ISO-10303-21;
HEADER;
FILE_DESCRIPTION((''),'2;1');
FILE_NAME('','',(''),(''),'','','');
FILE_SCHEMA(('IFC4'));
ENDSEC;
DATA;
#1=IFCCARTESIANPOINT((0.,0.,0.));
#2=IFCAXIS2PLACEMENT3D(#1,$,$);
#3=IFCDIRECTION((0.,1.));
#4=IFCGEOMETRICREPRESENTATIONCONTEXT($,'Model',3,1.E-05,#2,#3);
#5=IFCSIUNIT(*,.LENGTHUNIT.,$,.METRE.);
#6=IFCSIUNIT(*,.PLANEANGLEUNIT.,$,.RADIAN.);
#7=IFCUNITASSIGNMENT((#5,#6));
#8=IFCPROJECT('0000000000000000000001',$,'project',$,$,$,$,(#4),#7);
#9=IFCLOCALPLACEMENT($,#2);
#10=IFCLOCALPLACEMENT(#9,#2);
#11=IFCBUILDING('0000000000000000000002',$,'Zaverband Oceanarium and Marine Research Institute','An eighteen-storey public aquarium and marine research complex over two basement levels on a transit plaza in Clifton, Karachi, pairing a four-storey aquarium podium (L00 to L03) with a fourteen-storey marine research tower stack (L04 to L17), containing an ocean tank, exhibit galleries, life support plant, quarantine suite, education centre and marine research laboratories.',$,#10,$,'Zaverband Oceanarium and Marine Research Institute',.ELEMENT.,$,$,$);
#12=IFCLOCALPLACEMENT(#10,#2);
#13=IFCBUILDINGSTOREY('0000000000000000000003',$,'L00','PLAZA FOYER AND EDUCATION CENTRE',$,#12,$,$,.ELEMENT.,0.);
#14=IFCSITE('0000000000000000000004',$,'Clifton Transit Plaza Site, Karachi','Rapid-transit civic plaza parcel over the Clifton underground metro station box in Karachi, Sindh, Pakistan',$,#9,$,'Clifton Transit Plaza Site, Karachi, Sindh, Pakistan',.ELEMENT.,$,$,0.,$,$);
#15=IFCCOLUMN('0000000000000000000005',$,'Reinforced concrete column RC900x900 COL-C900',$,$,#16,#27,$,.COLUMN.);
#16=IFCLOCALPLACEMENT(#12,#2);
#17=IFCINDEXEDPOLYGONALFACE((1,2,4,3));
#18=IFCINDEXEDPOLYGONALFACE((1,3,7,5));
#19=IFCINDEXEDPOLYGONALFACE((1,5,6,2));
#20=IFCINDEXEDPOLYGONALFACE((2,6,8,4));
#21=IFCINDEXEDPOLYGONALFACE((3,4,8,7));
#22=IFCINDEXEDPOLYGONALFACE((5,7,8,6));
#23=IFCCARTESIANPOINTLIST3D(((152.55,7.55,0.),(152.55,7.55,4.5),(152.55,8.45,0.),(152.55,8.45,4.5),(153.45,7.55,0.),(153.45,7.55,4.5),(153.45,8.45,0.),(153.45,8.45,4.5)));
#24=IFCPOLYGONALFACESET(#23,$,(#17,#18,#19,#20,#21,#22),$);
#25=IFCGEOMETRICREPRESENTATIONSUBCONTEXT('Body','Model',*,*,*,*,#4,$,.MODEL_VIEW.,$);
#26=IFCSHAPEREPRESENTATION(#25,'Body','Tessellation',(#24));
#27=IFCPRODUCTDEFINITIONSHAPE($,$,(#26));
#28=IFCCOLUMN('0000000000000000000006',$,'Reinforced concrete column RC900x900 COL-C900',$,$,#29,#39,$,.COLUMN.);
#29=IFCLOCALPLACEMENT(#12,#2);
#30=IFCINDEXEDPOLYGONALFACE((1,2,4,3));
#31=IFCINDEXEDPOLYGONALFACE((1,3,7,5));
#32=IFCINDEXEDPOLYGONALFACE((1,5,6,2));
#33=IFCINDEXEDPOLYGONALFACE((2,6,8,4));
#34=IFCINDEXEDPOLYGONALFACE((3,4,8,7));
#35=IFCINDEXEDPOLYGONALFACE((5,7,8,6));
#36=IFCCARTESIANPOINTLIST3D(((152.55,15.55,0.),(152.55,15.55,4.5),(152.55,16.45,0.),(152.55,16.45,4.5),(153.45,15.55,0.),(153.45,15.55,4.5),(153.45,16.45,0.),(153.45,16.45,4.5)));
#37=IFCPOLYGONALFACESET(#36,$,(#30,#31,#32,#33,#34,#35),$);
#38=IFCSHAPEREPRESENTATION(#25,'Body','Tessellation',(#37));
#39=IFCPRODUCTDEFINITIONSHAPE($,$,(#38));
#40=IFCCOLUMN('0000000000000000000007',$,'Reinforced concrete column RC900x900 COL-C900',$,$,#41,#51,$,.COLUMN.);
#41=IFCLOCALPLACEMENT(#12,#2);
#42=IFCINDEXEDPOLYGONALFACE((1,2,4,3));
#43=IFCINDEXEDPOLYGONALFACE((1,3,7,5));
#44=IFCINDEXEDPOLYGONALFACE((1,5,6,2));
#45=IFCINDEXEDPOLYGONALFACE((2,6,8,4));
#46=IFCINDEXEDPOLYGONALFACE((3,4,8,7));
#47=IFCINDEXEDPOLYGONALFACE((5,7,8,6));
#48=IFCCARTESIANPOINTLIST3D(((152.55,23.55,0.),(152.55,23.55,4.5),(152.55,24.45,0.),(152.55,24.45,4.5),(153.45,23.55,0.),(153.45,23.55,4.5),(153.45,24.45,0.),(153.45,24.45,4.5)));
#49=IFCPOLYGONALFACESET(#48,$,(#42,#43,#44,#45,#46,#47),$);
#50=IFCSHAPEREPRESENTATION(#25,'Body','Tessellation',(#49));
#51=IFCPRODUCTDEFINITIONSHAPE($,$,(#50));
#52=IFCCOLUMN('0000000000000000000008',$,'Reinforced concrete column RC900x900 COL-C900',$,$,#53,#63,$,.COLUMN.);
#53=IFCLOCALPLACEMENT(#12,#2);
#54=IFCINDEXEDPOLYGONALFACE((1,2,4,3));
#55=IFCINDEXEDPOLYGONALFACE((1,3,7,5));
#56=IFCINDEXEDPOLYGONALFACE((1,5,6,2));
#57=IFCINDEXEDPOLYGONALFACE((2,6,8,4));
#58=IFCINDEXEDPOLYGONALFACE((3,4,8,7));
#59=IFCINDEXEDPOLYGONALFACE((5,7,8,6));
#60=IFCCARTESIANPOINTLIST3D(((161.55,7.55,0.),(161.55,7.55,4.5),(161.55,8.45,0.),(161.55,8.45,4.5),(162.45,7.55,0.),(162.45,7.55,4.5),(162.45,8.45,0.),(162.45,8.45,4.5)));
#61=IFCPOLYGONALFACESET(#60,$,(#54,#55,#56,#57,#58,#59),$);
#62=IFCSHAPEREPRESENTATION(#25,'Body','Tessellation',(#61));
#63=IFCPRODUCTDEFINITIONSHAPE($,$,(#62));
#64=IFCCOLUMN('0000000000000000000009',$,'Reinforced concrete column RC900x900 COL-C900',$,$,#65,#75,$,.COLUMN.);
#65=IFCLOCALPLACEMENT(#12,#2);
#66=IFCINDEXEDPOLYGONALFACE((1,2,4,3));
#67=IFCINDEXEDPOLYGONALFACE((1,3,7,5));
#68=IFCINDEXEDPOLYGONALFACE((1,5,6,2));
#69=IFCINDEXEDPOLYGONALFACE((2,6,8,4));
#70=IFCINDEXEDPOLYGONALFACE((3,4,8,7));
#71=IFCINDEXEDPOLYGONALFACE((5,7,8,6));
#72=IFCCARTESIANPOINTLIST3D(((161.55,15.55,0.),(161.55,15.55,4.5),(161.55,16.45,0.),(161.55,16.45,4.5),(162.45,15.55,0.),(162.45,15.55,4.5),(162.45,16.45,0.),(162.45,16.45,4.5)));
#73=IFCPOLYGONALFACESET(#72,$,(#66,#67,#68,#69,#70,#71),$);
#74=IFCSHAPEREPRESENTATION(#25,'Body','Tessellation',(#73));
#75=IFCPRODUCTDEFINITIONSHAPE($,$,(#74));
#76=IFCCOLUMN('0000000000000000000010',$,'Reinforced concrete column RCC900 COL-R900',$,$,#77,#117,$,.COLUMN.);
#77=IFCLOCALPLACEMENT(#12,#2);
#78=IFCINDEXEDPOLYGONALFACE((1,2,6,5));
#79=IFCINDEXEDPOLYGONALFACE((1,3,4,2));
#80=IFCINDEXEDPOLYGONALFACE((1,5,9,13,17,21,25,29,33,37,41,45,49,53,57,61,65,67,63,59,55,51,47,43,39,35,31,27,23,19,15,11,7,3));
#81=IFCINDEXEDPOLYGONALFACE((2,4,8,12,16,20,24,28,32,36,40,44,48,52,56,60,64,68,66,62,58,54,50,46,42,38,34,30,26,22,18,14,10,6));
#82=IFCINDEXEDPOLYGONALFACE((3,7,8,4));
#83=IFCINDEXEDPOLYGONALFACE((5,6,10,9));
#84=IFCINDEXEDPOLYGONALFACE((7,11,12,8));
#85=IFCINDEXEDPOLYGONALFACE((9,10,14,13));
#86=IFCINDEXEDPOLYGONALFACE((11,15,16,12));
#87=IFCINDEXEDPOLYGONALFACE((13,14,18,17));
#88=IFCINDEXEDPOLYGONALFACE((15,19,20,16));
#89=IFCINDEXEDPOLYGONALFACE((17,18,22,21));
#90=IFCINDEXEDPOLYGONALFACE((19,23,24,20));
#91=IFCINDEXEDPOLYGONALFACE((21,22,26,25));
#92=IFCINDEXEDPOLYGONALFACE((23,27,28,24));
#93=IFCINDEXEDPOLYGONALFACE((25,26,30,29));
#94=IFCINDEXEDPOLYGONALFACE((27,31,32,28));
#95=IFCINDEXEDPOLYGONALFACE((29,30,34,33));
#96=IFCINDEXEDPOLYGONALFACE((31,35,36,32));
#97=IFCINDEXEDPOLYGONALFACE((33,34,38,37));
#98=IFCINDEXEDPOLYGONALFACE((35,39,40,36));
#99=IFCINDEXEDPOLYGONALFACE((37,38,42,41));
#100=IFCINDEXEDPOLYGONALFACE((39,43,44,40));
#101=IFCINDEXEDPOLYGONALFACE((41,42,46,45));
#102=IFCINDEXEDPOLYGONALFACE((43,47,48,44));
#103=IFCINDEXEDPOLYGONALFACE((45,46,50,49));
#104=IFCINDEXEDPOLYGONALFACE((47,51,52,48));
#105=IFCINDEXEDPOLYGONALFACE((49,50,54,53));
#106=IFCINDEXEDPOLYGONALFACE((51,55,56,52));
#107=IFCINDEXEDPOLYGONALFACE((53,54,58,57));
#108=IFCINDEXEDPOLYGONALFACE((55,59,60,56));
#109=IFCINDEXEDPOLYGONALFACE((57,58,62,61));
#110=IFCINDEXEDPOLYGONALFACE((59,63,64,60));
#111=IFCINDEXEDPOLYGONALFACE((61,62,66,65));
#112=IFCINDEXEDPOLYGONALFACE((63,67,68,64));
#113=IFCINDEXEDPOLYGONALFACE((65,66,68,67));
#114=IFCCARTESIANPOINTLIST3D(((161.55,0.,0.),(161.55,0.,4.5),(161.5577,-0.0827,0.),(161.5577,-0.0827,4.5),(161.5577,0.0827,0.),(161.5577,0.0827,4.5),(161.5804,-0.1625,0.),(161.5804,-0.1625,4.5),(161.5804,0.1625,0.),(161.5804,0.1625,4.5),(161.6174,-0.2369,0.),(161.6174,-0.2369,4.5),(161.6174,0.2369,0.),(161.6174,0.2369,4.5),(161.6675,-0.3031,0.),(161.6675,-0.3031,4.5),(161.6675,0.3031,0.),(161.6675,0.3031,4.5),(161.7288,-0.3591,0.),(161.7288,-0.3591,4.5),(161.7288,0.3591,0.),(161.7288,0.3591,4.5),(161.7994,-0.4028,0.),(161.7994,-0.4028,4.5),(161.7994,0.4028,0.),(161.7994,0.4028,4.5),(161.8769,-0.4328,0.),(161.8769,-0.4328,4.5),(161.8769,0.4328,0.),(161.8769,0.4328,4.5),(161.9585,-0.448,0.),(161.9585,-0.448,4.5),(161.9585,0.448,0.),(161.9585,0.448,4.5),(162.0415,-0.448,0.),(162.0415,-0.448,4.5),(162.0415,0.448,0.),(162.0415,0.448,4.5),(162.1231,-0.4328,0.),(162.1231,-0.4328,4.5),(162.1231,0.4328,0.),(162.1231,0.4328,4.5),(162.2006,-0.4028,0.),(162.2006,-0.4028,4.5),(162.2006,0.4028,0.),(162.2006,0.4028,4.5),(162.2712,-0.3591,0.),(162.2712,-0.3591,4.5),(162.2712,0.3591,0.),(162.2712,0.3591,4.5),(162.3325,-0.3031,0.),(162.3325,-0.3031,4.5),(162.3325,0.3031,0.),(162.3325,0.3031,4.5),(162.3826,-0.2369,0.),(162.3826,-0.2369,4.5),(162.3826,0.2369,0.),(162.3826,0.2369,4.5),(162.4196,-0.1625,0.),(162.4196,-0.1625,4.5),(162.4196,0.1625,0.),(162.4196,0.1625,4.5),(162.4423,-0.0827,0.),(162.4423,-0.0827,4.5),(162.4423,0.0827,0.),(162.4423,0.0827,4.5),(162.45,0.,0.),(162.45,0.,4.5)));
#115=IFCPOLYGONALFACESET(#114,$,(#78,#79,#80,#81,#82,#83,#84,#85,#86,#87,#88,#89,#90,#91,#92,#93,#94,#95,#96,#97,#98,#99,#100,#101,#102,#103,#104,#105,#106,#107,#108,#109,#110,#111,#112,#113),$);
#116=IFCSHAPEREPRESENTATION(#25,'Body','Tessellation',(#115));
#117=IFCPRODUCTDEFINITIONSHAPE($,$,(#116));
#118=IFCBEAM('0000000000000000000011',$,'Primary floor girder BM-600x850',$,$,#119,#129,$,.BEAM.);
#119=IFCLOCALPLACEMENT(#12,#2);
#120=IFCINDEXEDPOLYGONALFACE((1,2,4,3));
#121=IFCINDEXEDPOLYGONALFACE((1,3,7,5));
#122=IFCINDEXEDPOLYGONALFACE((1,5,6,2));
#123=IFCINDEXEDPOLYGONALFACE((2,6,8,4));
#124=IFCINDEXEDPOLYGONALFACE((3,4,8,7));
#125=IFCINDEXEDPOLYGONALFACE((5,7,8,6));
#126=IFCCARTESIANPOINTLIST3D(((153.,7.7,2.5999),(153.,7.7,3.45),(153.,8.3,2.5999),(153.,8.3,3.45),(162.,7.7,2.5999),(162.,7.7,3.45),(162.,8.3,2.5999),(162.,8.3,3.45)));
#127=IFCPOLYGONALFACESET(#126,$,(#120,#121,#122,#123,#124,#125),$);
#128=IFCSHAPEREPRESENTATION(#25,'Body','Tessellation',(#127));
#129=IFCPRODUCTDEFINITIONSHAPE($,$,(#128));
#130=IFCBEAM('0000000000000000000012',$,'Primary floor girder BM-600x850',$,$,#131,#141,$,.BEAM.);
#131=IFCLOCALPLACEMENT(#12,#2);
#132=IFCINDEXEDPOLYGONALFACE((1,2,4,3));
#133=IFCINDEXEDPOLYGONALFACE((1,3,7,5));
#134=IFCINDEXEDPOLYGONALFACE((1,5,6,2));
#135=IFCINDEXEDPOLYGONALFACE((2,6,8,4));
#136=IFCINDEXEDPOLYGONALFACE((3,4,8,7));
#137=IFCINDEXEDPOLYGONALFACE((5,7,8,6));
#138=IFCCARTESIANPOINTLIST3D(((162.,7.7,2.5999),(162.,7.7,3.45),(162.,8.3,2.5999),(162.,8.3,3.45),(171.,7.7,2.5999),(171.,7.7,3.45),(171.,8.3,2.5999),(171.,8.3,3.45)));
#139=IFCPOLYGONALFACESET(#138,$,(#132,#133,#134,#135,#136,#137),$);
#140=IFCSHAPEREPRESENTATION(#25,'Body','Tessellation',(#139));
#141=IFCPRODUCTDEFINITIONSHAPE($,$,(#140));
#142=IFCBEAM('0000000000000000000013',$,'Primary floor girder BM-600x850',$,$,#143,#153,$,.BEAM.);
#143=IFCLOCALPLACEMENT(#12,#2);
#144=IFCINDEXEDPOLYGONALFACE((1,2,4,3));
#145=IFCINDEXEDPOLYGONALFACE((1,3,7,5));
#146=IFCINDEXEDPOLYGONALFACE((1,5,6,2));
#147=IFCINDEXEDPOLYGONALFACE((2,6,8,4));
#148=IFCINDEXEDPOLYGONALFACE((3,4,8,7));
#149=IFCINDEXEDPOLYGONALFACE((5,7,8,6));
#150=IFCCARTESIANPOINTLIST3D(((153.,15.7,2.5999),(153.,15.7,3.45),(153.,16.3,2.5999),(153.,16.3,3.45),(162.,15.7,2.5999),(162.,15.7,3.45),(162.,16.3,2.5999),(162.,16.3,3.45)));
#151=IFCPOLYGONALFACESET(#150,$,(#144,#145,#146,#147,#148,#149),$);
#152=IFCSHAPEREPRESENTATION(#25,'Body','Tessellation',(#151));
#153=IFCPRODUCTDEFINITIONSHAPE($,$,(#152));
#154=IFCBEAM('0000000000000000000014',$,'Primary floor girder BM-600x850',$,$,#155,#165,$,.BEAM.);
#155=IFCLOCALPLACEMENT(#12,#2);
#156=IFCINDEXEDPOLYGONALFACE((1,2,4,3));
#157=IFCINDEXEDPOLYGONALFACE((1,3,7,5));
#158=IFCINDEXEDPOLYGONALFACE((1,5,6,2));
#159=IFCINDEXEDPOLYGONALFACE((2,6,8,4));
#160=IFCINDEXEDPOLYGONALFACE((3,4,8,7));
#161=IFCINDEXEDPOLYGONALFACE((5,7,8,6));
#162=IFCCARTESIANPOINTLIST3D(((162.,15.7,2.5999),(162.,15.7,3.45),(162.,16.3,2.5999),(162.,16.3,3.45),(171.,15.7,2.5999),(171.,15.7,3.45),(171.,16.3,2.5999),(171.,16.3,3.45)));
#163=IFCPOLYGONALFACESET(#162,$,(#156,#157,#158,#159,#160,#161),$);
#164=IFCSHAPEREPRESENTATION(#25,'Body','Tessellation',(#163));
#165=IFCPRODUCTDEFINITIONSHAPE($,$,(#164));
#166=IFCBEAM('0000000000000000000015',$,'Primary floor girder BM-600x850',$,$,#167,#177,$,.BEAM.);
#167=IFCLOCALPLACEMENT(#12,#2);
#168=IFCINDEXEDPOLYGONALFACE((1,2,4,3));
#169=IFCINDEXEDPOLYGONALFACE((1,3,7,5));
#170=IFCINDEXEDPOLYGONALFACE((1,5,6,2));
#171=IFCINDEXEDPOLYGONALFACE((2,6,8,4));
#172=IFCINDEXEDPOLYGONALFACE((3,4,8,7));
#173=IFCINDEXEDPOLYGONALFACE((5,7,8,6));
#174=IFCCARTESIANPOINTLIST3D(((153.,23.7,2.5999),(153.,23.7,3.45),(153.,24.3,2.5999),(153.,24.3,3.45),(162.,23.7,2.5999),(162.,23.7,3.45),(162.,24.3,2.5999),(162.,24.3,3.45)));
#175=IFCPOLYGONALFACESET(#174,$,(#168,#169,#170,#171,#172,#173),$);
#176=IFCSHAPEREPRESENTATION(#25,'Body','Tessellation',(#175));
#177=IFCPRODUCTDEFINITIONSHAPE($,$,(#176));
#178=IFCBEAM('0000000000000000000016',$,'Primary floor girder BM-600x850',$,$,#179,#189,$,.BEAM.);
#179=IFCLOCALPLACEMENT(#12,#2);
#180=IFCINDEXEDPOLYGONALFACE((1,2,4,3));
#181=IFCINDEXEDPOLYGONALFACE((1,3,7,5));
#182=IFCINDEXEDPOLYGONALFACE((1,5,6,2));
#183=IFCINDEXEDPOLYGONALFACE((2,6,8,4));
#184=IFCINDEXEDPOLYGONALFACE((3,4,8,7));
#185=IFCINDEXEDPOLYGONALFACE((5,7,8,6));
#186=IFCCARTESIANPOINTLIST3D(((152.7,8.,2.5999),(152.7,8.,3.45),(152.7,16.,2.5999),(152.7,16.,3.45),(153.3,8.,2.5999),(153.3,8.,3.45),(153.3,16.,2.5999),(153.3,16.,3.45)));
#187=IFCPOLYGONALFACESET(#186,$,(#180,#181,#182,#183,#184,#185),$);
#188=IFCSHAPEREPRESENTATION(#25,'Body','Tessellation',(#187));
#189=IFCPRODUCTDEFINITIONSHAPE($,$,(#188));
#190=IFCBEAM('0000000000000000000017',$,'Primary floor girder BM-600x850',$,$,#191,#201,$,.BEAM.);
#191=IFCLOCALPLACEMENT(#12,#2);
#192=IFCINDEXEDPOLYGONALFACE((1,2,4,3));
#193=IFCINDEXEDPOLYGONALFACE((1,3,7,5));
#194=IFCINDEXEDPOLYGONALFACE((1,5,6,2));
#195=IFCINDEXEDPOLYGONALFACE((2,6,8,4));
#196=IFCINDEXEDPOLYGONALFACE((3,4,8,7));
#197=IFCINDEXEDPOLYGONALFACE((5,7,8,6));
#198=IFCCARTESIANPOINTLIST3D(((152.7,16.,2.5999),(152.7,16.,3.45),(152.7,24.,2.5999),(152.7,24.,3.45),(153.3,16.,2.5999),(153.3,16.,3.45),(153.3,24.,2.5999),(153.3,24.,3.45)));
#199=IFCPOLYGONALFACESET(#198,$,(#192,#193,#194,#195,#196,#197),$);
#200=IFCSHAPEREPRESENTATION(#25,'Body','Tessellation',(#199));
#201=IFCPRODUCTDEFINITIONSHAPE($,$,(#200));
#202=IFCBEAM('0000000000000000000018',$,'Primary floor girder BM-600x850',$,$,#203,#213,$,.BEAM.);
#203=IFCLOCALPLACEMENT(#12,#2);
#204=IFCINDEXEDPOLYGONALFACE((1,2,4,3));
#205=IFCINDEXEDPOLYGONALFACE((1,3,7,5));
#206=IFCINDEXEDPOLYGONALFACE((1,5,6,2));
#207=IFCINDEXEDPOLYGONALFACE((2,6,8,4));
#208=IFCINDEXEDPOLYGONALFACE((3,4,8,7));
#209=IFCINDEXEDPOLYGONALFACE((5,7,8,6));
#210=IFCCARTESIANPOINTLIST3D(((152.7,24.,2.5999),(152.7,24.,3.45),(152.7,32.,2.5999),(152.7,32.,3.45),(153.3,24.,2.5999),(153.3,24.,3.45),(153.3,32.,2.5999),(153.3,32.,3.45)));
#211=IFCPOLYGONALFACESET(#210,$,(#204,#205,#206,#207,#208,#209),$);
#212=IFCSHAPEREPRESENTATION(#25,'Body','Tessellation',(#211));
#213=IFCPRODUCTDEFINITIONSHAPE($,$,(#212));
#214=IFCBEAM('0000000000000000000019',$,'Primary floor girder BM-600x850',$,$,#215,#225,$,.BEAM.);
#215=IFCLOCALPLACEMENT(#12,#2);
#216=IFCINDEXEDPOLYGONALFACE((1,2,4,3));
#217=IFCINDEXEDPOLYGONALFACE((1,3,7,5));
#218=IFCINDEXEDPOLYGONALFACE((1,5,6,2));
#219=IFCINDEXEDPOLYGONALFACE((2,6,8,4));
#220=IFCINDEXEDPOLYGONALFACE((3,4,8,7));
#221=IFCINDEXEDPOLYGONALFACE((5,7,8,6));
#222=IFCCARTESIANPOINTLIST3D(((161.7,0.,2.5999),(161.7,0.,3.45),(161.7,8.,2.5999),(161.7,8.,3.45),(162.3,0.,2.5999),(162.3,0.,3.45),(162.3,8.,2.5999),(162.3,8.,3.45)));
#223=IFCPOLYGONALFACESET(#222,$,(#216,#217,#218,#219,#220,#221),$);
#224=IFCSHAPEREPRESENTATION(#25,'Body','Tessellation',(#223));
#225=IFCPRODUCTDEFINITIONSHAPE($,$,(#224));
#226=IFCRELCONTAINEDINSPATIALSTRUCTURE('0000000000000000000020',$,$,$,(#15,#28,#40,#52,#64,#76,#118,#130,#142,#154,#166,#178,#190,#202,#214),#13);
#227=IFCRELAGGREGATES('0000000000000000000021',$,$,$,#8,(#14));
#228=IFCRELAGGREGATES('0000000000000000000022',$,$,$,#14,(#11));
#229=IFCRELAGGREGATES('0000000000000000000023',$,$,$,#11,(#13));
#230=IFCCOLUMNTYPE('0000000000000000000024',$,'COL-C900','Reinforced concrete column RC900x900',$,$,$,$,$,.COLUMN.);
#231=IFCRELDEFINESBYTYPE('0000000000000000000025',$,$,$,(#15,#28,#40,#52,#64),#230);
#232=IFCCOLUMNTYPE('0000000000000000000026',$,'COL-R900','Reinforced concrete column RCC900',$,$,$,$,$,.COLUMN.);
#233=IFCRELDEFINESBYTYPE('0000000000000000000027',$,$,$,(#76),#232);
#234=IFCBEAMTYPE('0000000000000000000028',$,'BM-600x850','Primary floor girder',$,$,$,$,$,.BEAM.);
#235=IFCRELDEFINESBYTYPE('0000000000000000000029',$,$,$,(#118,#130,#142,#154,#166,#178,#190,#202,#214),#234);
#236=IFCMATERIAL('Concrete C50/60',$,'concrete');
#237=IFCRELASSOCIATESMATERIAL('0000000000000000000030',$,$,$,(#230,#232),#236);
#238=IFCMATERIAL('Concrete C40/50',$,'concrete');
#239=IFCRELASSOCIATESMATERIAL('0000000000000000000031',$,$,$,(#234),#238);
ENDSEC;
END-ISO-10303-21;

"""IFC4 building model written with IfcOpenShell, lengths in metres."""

from ifc_helpers import new_model, si_unit, direction, frame, origin, origin_2d, place, context, subcontext, project, spatial, rectangle, circle, extrude, material, material_profile, profile_set, type_object, element, save


model = new_model("IFC4")

# Units and contexts
model_context = context("Model", 3, precision=1e-05, world=origin(), true_north=direction((0.0, 1.0)))
body_context = subcontext(model_context, "Body", "Model", "MODEL_VIEW")
ifc_project = project(units=[si_unit("LENGTHUNIT", "METRE"), si_unit("PLANEANGLEUNIT", "RADIAN")], contexts=[model_context])

# Site, building, storey
site_placement = place(None, origin())
site = spatial("IfcSite", under=ifc_project, at=site_placement, Name="Clifton Transit Plaza Site, Karachi", Description="Rapid-transit civic plaza parcel over the Clifton underground metro station box in Karachi, Sindh, Pakistan", LongName="Clifton Transit Plaza Site, Karachi, Sindh, Pakistan", CompositionType="ELEMENT", RefElevation=0.0)
building_placement = place(site_placement, origin())
building = spatial("IfcBuilding", under=site, at=building_placement, Name="Zaverband Oceanarium and Marine Research Institute", Description="An eighteen-storey public aquarium and marine research complex over two basement levels on a transit plaza in Clifton, Karachi, pairing a four-storey aquarium podium (L00 to L03) with a fourteen-storey marine research tower stack (L04 to L17), containing an ocean tank, exhibit galleries, life support plant, quarantine suite, education centre and marine research laboratories.", LongName="Zaverband Oceanarium and Marine Research Institute", CompositionType="ELEMENT")
storey_placement = place(building_placement, origin())
storey = spatial("IfcBuildingStorey", under=building, at=storey_placement, Name="L00", Description="PLAZA FOYER AND EDUCATION CENTRE", CompositionType="ELEMENT", Elevation=0.0)

# Columns
ifc_material_1 = material(Name="Concrete C50/60", Category="concrete")
ifc_material_profile_1 = material_profile(ifc_material_1, rectangle(XDim=0.8999, YDim=0.8999, at=origin_2d()), Name="RC900x900")
ifc_profile_set_1 = profile_set([ifc_material_profile_1], Name="Concrete C50/60")
column_type_1 = type_object("IfcColumnType", Name="COL-C900", Description="Reinforced concrete column RC900x900", PredefinedType="COLUMN", material=ifc_profile_set_1)
for number, where, z_axis, x_axis, name in (
    (1, (153.0, 8.0, 0.0), (0.0, 0.0, 1.0), (1.0, 0.0, 0.0), "Reinforced concrete column RC900x900 COL-C900"),
    (2, (153.0, 16.0, 0.0), (0.0, 0.0, 1.0), (1.0, 0.0, 0.0), "Reinforced concrete column RC900x900 COL-C900"),
    (3, (153.0, 24.0, 0.0), (0.0, 0.0, 1.0), (1.0, 0.0, 0.0), "Reinforced concrete column RC900x900 COL-C900"),
    (4, (162.0, 8.0, 0.0), (0.0, 0.0, 1.0), (1.0, 0.0, 0.0), "Reinforced concrete column RC900x900 COL-C900"),
    (5, (162.0, 16.0, 0.0), (0.0, 0.0, 1.0), (1.0, 0.0, 0.0), "Reinforced concrete column RC900x900 COL-C900"),
):
    element("IfcColumn", number, at=place(storey_placement, frame(where, z_axis=z_axis, x_axis=x_axis)), inside=storey, type_object=column_type_1, Name=name, PredefinedType="COLUMN", context=body_context, shape_type="SweptSolid", body=[
        extrude(rectangle(XDim=0.8999, YDim=0.8999, at=origin_2d()), origin(), (0.0, 0.0, 1.0), 4.5),
    ])
ifc_material_profile_2 = material_profile(ifc_material_1, circle(Radius=0.45, at=origin_2d()), Name="RCC900")
ifc_profile_set_2 = profile_set([ifc_material_profile_2], Name="Concrete C50/60")
column_type_2 = type_object("IfcColumnType", Name="COL-R900", Description="Reinforced concrete column RCC900", PredefinedType="COLUMN", material=ifc_profile_set_2)
column_placement = place(storey_placement, frame((162.0, 0.0, 0.0), z_axis=(0.0, 0.0, 1.0), x_axis=(1.0, 0.0, 0.0)))
element("IfcColumn", 6, at=column_placement, inside=storey, type_object=column_type_2, Name="Reinforced concrete column RCC900 COL-R900", PredefinedType="COLUMN", context=body_context, shape_type="SweptSolid", body=[
    extrude(circle(Radius=0.45, at=origin_2d()), origin(), (0.0, 0.0, 1.0), 4.5),
])

# Beams
ifc_material_2 = material(Name="Concrete C40/50", Category="concrete")
ifc_material_profile_3 = material_profile(ifc_material_2, rectangle(XDim=0.6001, YDim=0.8501, at=origin_2d()), Name="RC600x850")
ifc_profile_set_3 = profile_set([ifc_material_profile_3], Name="Concrete C40/50")
beam_type_1 = type_object("IfcBeamType", Name="BM-600x850", Description="Primary floor girder", PredefinedType="BEAM", material=ifc_profile_set_3)
for number, where, z_axis, x_axis, name in (
    (7, (153.0, 8.0, 3.0249), (1.0, 0.0, 0.0), (0.0, 1.0, 0.0), "Primary floor girder BM-600x850"),
    (8, (162.0, 8.0, 3.0249), (1.0, 0.0, 0.0), (0.0, 1.0, 0.0), "Primary floor girder BM-600x850"),
    (9, (153.0, 16.0, 3.0249), (1.0, 0.0, 0.0), (0.0, 1.0, 0.0), "Primary floor girder BM-600x850"),
    (10, (162.0, 16.0, 3.0249), (1.0, 0.0, 0.0), (0.0, 1.0, 0.0), "Primary floor girder BM-600x850"),
    (11, (153.0, 24.0, 3.0249), (1.0, 0.0, 0.0), (0.0, 1.0, 0.0), "Primary floor girder BM-600x850"),
):
    element("IfcBeam", number, at=place(storey_placement, frame(where, z_axis=z_axis, x_axis=x_axis)), inside=storey, type_object=beam_type_1, Name=name, PredefinedType="BEAM", context=body_context, shape_type="SweptSolid", body=[
        extrude(rectangle(XDim=0.6001, YDim=0.8501, at=origin_2d()), origin(), (0.0, 0.0, 1.0), 9.0),
    ])
for number, where, z_axis, x_axis, name in (
    (12, (153.0, 8.0, 3.0249), (0.0, 1.0, 0.0), (-1.0, 0.0, 0.0), "Primary floor girder BM-600x850"),
    (13, (153.0, 16.0, 3.0249), (0.0, 1.0, 0.0), (-1.0, 0.0, 0.0), "Primary floor girder BM-600x850"),
    (14, (153.0, 24.0, 3.0249), (0.0, 1.0, 0.0), (-1.0, 0.0, 0.0), "Primary floor girder BM-600x850"),
    (15, (162.0, 0.0, 3.0249), (0.0, 1.0, 0.0), (-1.0, 0.0, 0.0), "Primary floor girder BM-600x850"),
):
    element("IfcBeam", number, at=place(storey_placement, frame(where, z_axis=z_axis, x_axis=x_axis)), inside=storey, type_object=beam_type_1, Name=name, PredefinedType="BEAM", context=body_context, shape_type="SweptSolid", body=[
        extrude(rectangle(XDim=0.6001, YDim=0.8501, at=origin_2d()), origin(), (0.0, 0.0, 1.0), 8.0),
    ])

save(model, "model.ifc")
